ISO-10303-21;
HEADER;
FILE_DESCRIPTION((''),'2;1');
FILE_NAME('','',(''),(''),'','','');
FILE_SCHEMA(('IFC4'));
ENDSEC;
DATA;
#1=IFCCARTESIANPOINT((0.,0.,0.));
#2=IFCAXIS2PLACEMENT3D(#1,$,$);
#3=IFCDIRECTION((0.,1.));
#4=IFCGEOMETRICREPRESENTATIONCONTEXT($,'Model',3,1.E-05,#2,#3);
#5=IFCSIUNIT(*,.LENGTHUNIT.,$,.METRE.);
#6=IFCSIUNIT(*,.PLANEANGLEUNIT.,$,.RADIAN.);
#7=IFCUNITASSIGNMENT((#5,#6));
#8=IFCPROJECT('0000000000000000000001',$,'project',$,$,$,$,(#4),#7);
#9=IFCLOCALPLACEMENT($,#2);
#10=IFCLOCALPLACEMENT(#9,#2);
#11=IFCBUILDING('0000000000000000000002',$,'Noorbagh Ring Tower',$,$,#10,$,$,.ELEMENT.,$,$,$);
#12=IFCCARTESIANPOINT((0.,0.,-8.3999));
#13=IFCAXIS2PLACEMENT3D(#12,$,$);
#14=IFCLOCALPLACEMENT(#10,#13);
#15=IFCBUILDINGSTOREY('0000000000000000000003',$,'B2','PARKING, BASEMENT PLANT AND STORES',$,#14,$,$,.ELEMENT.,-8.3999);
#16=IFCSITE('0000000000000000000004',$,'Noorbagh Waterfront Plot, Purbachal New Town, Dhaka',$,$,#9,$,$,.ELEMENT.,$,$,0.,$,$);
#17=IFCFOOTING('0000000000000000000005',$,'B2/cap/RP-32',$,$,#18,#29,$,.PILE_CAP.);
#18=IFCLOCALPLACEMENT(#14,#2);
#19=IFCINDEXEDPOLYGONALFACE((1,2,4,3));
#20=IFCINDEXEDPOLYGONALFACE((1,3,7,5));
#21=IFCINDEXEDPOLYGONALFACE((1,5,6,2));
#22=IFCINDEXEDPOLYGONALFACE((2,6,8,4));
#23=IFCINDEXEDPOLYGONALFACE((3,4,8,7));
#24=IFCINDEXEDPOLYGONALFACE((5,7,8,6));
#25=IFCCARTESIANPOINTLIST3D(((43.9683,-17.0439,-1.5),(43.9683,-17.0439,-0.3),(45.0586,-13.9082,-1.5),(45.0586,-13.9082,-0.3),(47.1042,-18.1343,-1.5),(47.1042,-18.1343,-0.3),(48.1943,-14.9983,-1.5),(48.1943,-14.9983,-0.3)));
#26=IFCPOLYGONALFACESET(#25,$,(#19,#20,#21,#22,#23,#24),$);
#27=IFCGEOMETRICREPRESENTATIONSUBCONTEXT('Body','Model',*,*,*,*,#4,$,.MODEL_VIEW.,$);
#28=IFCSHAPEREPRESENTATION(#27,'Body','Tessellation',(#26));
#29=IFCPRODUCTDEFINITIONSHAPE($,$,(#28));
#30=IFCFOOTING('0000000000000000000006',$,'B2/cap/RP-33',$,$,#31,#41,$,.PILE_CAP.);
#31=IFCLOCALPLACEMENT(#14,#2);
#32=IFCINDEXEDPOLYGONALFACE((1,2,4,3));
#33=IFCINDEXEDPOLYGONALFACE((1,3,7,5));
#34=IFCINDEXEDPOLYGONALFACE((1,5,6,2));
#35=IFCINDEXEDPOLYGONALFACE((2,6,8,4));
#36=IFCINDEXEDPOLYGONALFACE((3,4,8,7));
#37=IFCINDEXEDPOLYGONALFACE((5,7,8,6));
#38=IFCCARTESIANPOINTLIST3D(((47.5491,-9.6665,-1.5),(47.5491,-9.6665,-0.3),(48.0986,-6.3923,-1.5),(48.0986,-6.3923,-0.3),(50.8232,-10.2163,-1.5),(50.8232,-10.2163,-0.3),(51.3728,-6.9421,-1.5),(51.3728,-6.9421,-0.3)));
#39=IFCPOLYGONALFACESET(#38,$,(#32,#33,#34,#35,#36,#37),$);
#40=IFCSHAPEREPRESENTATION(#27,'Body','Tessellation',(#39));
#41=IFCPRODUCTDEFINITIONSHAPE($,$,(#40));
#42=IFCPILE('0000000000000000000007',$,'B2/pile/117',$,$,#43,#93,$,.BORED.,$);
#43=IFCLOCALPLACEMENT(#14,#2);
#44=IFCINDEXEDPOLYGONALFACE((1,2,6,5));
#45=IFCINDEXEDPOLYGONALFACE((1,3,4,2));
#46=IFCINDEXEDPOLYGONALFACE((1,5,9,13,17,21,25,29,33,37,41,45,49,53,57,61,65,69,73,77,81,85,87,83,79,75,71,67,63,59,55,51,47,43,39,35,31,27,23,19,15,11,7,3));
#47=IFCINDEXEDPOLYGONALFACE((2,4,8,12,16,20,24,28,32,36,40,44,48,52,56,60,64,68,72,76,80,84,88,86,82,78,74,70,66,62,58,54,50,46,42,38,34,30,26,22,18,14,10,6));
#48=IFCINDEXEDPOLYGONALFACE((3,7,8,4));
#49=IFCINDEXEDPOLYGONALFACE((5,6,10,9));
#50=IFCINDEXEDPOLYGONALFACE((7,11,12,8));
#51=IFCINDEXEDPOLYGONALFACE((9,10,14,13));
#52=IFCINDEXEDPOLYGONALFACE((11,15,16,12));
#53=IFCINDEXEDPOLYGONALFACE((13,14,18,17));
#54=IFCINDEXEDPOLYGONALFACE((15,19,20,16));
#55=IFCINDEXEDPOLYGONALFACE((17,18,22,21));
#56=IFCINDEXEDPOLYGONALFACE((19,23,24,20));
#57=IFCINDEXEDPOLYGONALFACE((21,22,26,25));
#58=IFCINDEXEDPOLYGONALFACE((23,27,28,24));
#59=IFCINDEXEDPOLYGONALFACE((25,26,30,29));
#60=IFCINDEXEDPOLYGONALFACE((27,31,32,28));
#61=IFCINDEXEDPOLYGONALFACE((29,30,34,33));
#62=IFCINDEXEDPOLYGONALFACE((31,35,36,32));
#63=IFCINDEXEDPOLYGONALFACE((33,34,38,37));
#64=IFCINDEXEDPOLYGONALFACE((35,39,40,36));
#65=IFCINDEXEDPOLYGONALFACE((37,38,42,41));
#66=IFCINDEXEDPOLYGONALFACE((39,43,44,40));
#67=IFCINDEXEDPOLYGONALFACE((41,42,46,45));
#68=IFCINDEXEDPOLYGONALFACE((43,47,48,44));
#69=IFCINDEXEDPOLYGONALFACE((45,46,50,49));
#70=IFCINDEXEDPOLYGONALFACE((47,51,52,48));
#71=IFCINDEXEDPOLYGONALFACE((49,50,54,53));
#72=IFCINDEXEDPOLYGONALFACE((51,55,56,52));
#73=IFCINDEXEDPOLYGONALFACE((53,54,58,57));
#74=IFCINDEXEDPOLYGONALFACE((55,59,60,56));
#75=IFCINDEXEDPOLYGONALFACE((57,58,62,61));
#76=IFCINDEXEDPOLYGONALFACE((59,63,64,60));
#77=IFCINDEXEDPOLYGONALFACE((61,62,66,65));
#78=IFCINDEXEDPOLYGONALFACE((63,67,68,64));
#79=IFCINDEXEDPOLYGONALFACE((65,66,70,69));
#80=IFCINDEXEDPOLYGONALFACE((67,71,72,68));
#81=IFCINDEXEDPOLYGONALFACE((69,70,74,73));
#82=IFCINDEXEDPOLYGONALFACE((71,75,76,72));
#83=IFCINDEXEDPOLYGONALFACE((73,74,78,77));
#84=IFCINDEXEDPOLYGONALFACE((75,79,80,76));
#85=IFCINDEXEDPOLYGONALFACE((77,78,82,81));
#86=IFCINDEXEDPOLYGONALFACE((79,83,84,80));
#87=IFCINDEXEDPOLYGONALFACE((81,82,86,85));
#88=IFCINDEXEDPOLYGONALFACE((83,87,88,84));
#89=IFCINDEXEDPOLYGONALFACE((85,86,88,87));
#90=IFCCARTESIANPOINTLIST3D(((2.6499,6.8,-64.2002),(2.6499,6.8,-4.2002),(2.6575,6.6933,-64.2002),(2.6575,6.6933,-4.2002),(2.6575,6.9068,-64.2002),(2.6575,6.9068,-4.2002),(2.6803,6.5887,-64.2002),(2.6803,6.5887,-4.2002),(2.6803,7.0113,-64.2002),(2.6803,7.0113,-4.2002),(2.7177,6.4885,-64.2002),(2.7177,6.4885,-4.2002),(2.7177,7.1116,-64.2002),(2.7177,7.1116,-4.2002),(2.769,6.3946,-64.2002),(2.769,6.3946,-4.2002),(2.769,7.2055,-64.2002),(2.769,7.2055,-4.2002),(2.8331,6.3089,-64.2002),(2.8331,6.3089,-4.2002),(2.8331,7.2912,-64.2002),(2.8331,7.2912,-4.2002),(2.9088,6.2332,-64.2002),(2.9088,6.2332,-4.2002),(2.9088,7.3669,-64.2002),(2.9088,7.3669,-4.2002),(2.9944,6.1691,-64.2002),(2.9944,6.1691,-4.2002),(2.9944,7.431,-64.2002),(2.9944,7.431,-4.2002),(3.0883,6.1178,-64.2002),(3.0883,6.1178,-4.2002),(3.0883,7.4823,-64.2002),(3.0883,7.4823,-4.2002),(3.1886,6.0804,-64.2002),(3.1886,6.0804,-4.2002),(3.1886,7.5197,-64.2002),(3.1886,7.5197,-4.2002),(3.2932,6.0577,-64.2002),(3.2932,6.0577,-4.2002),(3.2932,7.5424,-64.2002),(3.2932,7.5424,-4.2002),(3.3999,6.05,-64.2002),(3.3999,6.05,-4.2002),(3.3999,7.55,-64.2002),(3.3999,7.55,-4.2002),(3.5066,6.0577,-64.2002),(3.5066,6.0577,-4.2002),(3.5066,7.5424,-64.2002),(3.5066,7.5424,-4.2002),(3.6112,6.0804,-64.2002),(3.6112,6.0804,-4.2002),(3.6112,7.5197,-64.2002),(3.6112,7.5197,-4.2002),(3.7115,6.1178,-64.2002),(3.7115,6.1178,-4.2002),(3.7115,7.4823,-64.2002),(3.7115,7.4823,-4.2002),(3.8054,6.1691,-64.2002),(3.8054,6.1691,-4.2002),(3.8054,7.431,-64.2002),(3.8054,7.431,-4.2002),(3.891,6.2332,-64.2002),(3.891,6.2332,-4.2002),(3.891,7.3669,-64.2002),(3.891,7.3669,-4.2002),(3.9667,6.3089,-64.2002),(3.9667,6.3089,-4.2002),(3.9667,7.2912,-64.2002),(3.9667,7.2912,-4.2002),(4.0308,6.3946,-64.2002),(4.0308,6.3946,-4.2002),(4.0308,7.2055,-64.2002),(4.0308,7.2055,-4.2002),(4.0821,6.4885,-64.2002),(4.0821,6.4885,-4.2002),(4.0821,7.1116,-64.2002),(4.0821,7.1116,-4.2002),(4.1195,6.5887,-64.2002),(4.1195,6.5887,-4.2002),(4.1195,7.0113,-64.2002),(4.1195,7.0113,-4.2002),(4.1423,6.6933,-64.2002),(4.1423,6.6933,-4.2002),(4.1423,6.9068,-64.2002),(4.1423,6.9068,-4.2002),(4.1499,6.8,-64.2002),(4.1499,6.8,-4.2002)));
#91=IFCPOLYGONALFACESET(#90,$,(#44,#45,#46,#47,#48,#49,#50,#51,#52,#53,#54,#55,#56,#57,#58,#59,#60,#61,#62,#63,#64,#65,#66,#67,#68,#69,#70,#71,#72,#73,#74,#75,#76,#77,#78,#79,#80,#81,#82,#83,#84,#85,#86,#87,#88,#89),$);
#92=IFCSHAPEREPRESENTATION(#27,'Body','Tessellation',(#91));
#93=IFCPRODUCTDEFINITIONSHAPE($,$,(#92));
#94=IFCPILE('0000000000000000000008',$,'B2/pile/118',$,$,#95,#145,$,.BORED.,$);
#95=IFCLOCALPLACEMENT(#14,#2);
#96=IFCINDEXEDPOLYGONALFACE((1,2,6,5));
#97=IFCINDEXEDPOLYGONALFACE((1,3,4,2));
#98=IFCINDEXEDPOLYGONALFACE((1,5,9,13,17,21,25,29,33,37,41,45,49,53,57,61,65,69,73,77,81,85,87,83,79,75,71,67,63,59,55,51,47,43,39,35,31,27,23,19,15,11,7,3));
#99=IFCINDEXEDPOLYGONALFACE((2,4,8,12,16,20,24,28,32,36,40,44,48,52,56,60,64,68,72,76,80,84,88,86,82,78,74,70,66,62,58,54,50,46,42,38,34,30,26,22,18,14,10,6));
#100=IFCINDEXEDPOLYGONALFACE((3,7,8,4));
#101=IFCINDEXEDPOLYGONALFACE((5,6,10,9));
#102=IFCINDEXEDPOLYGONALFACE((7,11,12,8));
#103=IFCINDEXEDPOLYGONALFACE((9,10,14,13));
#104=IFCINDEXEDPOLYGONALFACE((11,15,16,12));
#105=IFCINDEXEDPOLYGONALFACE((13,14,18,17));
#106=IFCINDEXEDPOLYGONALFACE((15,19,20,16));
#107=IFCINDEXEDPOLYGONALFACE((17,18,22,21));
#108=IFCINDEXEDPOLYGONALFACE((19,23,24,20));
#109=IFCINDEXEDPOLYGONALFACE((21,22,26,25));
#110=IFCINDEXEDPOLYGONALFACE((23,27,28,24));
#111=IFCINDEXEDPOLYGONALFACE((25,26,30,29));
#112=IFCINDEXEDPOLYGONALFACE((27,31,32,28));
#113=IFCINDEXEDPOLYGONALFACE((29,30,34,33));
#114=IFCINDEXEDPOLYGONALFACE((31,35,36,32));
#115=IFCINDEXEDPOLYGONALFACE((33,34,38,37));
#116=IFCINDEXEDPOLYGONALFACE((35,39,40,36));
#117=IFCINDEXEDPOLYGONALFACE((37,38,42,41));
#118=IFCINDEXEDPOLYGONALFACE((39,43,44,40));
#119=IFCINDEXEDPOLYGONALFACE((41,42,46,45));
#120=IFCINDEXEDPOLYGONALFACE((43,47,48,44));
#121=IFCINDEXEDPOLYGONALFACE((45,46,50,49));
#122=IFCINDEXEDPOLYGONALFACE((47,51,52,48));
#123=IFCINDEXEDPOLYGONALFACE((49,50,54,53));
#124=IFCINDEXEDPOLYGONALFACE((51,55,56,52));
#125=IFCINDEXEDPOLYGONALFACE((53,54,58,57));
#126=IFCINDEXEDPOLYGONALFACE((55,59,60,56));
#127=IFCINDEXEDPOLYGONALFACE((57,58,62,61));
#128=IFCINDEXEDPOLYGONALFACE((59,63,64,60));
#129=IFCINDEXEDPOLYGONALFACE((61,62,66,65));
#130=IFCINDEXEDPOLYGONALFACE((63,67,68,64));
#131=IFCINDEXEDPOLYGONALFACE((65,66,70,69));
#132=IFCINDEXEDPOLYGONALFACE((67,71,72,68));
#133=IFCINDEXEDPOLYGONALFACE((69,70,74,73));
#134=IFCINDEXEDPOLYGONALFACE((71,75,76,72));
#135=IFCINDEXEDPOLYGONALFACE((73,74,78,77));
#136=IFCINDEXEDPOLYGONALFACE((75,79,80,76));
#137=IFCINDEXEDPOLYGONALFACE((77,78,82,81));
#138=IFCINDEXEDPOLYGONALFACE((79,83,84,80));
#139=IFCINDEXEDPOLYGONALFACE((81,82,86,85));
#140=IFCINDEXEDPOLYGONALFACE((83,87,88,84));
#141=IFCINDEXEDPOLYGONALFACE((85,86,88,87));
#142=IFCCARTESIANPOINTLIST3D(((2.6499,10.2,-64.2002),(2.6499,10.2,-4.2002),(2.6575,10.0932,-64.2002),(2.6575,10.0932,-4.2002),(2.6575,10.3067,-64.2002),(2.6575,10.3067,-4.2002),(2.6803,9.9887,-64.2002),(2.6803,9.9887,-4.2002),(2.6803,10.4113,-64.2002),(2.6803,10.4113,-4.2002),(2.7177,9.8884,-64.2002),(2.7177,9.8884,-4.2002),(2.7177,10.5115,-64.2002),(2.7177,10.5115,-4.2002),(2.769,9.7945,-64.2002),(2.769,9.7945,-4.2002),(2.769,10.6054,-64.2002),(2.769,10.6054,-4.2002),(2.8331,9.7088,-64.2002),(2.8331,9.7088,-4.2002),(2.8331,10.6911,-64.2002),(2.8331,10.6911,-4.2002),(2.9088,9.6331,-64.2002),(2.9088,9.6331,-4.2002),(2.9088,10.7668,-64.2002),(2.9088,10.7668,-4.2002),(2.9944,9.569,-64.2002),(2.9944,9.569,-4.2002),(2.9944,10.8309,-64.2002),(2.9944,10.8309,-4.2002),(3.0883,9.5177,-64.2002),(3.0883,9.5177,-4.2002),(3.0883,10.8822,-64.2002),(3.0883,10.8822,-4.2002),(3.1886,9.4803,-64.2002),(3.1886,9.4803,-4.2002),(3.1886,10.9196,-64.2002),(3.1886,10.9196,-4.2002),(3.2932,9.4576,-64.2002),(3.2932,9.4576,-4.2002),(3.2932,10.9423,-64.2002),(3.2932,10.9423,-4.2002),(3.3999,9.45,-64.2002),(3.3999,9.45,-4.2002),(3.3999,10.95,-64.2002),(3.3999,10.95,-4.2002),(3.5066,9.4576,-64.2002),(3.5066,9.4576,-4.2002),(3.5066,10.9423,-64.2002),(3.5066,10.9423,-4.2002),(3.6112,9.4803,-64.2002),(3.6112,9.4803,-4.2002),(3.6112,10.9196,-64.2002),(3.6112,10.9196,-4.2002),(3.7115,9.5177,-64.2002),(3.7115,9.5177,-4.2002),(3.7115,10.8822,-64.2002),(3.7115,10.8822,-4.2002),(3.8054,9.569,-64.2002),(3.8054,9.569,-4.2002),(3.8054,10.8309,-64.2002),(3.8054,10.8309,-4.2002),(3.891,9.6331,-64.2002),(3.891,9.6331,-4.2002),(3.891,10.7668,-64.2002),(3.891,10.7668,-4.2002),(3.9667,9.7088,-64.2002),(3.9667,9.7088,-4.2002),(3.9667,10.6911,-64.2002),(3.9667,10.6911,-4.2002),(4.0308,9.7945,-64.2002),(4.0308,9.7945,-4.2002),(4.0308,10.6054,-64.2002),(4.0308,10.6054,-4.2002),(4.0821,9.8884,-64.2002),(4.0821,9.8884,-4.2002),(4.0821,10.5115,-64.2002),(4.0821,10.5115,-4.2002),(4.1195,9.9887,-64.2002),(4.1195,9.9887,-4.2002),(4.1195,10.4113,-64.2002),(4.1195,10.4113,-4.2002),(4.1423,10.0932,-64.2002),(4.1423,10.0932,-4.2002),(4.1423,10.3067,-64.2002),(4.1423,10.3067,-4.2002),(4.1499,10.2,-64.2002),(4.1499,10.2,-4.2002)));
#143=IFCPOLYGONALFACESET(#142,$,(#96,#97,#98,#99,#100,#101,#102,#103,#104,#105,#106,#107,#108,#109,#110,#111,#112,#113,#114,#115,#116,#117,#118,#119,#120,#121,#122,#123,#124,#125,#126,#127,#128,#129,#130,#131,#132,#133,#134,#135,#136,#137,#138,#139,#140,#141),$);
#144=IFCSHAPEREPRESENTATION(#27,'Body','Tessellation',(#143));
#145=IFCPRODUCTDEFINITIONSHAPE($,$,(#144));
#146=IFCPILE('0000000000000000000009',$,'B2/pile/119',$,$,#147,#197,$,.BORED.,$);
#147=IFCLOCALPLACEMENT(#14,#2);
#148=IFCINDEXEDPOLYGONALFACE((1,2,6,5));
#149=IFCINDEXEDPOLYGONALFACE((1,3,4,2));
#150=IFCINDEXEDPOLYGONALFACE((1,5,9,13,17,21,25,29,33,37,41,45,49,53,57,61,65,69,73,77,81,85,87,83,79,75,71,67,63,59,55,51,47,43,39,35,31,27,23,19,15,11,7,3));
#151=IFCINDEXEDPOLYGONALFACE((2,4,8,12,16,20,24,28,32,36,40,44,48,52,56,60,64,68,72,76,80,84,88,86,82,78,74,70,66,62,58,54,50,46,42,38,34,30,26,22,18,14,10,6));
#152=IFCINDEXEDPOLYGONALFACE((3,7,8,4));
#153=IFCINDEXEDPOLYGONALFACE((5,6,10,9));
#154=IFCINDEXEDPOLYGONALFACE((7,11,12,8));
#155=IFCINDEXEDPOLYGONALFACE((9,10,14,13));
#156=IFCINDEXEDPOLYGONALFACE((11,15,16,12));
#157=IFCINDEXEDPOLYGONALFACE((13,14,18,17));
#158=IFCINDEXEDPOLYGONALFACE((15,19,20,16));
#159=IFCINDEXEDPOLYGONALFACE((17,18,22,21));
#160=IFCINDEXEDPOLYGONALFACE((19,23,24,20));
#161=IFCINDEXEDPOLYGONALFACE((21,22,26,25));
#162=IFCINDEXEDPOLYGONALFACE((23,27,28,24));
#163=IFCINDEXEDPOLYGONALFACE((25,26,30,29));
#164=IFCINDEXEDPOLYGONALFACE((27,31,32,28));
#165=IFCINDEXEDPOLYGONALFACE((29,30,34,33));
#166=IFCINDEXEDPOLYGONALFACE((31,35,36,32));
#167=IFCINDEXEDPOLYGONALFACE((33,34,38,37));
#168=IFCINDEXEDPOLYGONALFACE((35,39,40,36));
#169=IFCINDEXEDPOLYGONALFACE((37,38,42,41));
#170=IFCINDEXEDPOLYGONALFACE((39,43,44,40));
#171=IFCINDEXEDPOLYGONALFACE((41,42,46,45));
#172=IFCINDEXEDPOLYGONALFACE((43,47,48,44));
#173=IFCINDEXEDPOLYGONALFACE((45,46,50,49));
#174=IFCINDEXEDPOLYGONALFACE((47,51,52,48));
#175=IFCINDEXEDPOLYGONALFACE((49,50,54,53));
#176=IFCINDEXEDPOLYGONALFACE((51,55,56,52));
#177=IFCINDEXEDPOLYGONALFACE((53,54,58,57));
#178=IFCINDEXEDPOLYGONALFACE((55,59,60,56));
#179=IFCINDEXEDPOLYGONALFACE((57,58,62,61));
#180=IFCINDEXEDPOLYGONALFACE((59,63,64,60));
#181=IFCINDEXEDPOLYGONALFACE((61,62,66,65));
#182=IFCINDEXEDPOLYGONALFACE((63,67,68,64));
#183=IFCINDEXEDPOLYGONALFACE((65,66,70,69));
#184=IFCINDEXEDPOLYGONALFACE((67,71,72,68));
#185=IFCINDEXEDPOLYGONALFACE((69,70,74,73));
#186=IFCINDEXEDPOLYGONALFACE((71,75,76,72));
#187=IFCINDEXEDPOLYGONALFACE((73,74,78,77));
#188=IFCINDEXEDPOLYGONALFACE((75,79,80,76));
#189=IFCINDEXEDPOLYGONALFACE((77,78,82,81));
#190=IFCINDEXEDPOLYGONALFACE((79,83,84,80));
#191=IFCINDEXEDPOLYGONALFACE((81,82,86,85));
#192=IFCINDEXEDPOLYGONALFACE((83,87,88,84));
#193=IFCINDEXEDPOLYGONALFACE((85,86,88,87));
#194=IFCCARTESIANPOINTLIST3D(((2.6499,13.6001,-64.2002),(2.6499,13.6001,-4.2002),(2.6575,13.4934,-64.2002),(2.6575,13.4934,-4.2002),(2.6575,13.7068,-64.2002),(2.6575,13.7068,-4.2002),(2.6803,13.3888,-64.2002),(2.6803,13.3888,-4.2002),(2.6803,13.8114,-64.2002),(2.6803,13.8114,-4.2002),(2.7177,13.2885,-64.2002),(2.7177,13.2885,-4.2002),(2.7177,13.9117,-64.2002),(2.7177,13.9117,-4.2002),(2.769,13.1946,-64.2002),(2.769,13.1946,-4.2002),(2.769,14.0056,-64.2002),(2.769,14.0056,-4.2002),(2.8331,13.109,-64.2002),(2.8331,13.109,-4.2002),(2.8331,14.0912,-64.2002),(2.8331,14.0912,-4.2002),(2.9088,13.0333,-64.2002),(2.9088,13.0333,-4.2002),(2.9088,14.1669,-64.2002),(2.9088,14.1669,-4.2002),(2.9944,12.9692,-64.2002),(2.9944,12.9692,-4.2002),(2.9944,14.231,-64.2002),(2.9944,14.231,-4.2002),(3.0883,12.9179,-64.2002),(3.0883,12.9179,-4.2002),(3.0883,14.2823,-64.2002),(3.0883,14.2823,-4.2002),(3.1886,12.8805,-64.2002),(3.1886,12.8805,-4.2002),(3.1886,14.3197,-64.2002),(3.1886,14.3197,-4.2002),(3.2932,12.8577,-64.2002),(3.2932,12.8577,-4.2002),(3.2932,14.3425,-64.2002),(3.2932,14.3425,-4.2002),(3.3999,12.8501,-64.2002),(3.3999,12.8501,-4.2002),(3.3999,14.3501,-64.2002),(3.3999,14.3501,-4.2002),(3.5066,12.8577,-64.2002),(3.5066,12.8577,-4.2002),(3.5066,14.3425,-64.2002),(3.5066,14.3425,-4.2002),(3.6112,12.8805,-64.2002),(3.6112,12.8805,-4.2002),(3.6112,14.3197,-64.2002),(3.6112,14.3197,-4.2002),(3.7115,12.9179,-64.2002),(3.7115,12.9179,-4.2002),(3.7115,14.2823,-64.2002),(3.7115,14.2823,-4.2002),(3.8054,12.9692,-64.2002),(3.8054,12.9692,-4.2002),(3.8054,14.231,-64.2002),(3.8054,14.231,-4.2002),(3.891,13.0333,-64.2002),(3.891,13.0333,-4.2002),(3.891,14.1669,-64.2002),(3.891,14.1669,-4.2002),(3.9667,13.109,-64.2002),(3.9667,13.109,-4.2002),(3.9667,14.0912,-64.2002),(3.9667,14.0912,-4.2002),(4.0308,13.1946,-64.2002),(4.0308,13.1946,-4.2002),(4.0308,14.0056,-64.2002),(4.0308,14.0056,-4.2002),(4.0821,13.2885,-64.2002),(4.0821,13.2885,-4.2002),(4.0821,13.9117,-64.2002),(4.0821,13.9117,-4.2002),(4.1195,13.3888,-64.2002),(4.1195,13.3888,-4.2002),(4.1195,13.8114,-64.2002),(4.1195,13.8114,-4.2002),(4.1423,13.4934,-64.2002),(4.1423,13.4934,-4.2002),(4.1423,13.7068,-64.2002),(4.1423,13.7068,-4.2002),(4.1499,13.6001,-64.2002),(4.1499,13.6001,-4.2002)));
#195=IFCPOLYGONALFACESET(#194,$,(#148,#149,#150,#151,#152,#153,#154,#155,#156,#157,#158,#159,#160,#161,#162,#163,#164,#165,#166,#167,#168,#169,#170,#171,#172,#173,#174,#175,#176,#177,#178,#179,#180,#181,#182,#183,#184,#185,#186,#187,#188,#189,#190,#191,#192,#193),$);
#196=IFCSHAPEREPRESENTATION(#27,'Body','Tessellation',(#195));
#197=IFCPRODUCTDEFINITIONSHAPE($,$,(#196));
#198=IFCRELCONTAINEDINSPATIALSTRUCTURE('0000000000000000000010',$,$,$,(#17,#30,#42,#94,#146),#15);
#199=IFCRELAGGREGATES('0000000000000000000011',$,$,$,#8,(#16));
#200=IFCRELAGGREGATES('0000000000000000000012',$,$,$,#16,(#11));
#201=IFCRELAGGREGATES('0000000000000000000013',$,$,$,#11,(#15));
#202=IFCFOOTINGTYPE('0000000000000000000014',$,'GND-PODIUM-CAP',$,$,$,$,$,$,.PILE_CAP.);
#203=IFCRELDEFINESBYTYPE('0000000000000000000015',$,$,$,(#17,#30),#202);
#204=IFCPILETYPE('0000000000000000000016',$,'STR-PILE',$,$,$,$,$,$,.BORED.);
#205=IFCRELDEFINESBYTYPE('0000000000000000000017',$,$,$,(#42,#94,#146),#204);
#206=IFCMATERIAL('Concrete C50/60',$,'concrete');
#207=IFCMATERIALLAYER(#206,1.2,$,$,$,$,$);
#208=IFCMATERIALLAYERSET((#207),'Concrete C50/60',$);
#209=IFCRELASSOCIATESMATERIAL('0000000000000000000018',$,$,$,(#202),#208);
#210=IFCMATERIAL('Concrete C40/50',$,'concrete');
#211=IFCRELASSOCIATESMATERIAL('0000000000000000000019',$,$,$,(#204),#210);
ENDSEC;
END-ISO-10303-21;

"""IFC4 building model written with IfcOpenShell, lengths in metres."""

from ifc_helpers import new_model, si_unit, direction, frame, origin, origin_2d, place, context, subcontext, project, spatial, polyline, circle, outline, extrude, material, layer, layer_set, material_profile, profile_set, type_object, element, save


model = new_model("IFC4")

# Units and contexts
model_context = context("Model", 3, precision=1e-05, world=origin(), true_north=direction((0.0, 1.0)))
body_context = subcontext(model_context, "Body", "Model", "MODEL_VIEW")
ifc_project = project(units=[si_unit("LENGTHUNIT", "METRE"), si_unit("PLANEANGLEUNIT", "RADIAN")], contexts=[model_context])

# Site, building, storey
site_placement = place(None, origin())
site = spatial("IfcSite", under=ifc_project, at=site_placement, Name="Noorbagh Waterfront Plot, Purbachal New Town, Dhaka", CompositionType="ELEMENT", RefElevation=0.0)
building_placement = place(site_placement, origin())
building = spatial("IfcBuilding", under=site, at=building_placement, Name="Noorbagh Ring Tower", CompositionType="ELEMENT")
storey_placement = place(building_placement, frame((0.0, 0.0, -8.3999)))
storey = spatial("IfcBuildingStorey", under=building, at=storey_placement, Name="B2", Description="PARKING, BASEMENT PLANT AND STORES", CompositionType="ELEMENT", Elevation=-8.3999)

# Footings
ifc_material_1 = material(Name="Concrete C50/60", Category="concrete")
ifc_layer_1 = layer(ifc_material_1, 1.2)
ifc_layer_set_1 = layer_set([ifc_layer_1], Name="Concrete C50/60")
footing_type = type_object("IfcFootingType", Name="GND-PODIUM-CAP", PredefinedType="PILE_CAP", material=ifc_layer_set_1)
footing_1_placement = place(storey_placement, frame((0.0, 0.0, -1.5)))
element("IfcFooting", 1, at=footing_1_placement, inside=storey, type_object=footing_type, Name="B2/cap/RP-32", PredefinedType="PILE_CAP", context=body_context, shape_type="SweptSolid", body=[
    extrude(outline(polyline([(43.9683, -17.0439), (47.1042, -18.1343), (48.1943, -14.9983), (45.0586, -13.9082), (43.9683, -17.0439)])), origin(), (0.0, 0.0, 1.0), 1.2),
])
footing_2_placement = place(storey_placement, frame((0.0, 0.0, -1.5)))
element("IfcFooting", 2, at=footing_2_placement, inside=storey, type_object=footing_type, Name="B2/cap/RP-33", PredefinedType="PILE_CAP", context=body_context, shape_type="SweptSolid", body=[
    extrude(outline(polyline([(47.5491, -9.6665), (50.8232, -10.2163), (51.3728, -6.9421), (48.0986, -6.3923), (47.5491, -9.6665)])), origin(), (0.0, 0.0, 1.0), 1.2),
])

# Piles
ifc_material_2 = material(Name="Concrete C40/50", Category="concrete")
ifc_material_profile_1 = material_profile(ifc_material_2, circle(Radius=0.75, at=origin_2d()), Name="PILE1500")
ifc_profile_set_1 = profile_set([ifc_material_profile_1], Name="Concrete C40/50")
pile_type = type_object("IfcPileType", Name="STR-PILE", PredefinedType="BORED", material=ifc_profile_set_1)
for number, where, z_axis, x_axis, name in (
    (3, (3.3999, 6.8, -4.2002), (0.0, 0.0, -1.0), (1.0, 0.0, 0.0), "B2/pile/117"),
    (4, (3.3999, 10.2, -4.2002), (0.0, 0.0, -1.0), (1.0, 0.0, 0.0), "B2/pile/118"),
    (5, (3.3999, 13.6001, -4.2002), (0.0, 0.0, -1.0), (1.0, 0.0, 0.0), "B2/pile/119"),
):
    element("IfcPile", number, at=place(storey_placement, frame(where, z_axis=z_axis, x_axis=x_axis)), inside=storey, type_object=pile_type, Name=name, PredefinedType="BORED", context=body_context, shape_type="SweptSolid", body=[
        extrude(circle(Radius=0.75, at=origin_2d()), origin(), (0.0, 0.0, 1.0), 60.0),
    ])

save(model, "model.ifc")
